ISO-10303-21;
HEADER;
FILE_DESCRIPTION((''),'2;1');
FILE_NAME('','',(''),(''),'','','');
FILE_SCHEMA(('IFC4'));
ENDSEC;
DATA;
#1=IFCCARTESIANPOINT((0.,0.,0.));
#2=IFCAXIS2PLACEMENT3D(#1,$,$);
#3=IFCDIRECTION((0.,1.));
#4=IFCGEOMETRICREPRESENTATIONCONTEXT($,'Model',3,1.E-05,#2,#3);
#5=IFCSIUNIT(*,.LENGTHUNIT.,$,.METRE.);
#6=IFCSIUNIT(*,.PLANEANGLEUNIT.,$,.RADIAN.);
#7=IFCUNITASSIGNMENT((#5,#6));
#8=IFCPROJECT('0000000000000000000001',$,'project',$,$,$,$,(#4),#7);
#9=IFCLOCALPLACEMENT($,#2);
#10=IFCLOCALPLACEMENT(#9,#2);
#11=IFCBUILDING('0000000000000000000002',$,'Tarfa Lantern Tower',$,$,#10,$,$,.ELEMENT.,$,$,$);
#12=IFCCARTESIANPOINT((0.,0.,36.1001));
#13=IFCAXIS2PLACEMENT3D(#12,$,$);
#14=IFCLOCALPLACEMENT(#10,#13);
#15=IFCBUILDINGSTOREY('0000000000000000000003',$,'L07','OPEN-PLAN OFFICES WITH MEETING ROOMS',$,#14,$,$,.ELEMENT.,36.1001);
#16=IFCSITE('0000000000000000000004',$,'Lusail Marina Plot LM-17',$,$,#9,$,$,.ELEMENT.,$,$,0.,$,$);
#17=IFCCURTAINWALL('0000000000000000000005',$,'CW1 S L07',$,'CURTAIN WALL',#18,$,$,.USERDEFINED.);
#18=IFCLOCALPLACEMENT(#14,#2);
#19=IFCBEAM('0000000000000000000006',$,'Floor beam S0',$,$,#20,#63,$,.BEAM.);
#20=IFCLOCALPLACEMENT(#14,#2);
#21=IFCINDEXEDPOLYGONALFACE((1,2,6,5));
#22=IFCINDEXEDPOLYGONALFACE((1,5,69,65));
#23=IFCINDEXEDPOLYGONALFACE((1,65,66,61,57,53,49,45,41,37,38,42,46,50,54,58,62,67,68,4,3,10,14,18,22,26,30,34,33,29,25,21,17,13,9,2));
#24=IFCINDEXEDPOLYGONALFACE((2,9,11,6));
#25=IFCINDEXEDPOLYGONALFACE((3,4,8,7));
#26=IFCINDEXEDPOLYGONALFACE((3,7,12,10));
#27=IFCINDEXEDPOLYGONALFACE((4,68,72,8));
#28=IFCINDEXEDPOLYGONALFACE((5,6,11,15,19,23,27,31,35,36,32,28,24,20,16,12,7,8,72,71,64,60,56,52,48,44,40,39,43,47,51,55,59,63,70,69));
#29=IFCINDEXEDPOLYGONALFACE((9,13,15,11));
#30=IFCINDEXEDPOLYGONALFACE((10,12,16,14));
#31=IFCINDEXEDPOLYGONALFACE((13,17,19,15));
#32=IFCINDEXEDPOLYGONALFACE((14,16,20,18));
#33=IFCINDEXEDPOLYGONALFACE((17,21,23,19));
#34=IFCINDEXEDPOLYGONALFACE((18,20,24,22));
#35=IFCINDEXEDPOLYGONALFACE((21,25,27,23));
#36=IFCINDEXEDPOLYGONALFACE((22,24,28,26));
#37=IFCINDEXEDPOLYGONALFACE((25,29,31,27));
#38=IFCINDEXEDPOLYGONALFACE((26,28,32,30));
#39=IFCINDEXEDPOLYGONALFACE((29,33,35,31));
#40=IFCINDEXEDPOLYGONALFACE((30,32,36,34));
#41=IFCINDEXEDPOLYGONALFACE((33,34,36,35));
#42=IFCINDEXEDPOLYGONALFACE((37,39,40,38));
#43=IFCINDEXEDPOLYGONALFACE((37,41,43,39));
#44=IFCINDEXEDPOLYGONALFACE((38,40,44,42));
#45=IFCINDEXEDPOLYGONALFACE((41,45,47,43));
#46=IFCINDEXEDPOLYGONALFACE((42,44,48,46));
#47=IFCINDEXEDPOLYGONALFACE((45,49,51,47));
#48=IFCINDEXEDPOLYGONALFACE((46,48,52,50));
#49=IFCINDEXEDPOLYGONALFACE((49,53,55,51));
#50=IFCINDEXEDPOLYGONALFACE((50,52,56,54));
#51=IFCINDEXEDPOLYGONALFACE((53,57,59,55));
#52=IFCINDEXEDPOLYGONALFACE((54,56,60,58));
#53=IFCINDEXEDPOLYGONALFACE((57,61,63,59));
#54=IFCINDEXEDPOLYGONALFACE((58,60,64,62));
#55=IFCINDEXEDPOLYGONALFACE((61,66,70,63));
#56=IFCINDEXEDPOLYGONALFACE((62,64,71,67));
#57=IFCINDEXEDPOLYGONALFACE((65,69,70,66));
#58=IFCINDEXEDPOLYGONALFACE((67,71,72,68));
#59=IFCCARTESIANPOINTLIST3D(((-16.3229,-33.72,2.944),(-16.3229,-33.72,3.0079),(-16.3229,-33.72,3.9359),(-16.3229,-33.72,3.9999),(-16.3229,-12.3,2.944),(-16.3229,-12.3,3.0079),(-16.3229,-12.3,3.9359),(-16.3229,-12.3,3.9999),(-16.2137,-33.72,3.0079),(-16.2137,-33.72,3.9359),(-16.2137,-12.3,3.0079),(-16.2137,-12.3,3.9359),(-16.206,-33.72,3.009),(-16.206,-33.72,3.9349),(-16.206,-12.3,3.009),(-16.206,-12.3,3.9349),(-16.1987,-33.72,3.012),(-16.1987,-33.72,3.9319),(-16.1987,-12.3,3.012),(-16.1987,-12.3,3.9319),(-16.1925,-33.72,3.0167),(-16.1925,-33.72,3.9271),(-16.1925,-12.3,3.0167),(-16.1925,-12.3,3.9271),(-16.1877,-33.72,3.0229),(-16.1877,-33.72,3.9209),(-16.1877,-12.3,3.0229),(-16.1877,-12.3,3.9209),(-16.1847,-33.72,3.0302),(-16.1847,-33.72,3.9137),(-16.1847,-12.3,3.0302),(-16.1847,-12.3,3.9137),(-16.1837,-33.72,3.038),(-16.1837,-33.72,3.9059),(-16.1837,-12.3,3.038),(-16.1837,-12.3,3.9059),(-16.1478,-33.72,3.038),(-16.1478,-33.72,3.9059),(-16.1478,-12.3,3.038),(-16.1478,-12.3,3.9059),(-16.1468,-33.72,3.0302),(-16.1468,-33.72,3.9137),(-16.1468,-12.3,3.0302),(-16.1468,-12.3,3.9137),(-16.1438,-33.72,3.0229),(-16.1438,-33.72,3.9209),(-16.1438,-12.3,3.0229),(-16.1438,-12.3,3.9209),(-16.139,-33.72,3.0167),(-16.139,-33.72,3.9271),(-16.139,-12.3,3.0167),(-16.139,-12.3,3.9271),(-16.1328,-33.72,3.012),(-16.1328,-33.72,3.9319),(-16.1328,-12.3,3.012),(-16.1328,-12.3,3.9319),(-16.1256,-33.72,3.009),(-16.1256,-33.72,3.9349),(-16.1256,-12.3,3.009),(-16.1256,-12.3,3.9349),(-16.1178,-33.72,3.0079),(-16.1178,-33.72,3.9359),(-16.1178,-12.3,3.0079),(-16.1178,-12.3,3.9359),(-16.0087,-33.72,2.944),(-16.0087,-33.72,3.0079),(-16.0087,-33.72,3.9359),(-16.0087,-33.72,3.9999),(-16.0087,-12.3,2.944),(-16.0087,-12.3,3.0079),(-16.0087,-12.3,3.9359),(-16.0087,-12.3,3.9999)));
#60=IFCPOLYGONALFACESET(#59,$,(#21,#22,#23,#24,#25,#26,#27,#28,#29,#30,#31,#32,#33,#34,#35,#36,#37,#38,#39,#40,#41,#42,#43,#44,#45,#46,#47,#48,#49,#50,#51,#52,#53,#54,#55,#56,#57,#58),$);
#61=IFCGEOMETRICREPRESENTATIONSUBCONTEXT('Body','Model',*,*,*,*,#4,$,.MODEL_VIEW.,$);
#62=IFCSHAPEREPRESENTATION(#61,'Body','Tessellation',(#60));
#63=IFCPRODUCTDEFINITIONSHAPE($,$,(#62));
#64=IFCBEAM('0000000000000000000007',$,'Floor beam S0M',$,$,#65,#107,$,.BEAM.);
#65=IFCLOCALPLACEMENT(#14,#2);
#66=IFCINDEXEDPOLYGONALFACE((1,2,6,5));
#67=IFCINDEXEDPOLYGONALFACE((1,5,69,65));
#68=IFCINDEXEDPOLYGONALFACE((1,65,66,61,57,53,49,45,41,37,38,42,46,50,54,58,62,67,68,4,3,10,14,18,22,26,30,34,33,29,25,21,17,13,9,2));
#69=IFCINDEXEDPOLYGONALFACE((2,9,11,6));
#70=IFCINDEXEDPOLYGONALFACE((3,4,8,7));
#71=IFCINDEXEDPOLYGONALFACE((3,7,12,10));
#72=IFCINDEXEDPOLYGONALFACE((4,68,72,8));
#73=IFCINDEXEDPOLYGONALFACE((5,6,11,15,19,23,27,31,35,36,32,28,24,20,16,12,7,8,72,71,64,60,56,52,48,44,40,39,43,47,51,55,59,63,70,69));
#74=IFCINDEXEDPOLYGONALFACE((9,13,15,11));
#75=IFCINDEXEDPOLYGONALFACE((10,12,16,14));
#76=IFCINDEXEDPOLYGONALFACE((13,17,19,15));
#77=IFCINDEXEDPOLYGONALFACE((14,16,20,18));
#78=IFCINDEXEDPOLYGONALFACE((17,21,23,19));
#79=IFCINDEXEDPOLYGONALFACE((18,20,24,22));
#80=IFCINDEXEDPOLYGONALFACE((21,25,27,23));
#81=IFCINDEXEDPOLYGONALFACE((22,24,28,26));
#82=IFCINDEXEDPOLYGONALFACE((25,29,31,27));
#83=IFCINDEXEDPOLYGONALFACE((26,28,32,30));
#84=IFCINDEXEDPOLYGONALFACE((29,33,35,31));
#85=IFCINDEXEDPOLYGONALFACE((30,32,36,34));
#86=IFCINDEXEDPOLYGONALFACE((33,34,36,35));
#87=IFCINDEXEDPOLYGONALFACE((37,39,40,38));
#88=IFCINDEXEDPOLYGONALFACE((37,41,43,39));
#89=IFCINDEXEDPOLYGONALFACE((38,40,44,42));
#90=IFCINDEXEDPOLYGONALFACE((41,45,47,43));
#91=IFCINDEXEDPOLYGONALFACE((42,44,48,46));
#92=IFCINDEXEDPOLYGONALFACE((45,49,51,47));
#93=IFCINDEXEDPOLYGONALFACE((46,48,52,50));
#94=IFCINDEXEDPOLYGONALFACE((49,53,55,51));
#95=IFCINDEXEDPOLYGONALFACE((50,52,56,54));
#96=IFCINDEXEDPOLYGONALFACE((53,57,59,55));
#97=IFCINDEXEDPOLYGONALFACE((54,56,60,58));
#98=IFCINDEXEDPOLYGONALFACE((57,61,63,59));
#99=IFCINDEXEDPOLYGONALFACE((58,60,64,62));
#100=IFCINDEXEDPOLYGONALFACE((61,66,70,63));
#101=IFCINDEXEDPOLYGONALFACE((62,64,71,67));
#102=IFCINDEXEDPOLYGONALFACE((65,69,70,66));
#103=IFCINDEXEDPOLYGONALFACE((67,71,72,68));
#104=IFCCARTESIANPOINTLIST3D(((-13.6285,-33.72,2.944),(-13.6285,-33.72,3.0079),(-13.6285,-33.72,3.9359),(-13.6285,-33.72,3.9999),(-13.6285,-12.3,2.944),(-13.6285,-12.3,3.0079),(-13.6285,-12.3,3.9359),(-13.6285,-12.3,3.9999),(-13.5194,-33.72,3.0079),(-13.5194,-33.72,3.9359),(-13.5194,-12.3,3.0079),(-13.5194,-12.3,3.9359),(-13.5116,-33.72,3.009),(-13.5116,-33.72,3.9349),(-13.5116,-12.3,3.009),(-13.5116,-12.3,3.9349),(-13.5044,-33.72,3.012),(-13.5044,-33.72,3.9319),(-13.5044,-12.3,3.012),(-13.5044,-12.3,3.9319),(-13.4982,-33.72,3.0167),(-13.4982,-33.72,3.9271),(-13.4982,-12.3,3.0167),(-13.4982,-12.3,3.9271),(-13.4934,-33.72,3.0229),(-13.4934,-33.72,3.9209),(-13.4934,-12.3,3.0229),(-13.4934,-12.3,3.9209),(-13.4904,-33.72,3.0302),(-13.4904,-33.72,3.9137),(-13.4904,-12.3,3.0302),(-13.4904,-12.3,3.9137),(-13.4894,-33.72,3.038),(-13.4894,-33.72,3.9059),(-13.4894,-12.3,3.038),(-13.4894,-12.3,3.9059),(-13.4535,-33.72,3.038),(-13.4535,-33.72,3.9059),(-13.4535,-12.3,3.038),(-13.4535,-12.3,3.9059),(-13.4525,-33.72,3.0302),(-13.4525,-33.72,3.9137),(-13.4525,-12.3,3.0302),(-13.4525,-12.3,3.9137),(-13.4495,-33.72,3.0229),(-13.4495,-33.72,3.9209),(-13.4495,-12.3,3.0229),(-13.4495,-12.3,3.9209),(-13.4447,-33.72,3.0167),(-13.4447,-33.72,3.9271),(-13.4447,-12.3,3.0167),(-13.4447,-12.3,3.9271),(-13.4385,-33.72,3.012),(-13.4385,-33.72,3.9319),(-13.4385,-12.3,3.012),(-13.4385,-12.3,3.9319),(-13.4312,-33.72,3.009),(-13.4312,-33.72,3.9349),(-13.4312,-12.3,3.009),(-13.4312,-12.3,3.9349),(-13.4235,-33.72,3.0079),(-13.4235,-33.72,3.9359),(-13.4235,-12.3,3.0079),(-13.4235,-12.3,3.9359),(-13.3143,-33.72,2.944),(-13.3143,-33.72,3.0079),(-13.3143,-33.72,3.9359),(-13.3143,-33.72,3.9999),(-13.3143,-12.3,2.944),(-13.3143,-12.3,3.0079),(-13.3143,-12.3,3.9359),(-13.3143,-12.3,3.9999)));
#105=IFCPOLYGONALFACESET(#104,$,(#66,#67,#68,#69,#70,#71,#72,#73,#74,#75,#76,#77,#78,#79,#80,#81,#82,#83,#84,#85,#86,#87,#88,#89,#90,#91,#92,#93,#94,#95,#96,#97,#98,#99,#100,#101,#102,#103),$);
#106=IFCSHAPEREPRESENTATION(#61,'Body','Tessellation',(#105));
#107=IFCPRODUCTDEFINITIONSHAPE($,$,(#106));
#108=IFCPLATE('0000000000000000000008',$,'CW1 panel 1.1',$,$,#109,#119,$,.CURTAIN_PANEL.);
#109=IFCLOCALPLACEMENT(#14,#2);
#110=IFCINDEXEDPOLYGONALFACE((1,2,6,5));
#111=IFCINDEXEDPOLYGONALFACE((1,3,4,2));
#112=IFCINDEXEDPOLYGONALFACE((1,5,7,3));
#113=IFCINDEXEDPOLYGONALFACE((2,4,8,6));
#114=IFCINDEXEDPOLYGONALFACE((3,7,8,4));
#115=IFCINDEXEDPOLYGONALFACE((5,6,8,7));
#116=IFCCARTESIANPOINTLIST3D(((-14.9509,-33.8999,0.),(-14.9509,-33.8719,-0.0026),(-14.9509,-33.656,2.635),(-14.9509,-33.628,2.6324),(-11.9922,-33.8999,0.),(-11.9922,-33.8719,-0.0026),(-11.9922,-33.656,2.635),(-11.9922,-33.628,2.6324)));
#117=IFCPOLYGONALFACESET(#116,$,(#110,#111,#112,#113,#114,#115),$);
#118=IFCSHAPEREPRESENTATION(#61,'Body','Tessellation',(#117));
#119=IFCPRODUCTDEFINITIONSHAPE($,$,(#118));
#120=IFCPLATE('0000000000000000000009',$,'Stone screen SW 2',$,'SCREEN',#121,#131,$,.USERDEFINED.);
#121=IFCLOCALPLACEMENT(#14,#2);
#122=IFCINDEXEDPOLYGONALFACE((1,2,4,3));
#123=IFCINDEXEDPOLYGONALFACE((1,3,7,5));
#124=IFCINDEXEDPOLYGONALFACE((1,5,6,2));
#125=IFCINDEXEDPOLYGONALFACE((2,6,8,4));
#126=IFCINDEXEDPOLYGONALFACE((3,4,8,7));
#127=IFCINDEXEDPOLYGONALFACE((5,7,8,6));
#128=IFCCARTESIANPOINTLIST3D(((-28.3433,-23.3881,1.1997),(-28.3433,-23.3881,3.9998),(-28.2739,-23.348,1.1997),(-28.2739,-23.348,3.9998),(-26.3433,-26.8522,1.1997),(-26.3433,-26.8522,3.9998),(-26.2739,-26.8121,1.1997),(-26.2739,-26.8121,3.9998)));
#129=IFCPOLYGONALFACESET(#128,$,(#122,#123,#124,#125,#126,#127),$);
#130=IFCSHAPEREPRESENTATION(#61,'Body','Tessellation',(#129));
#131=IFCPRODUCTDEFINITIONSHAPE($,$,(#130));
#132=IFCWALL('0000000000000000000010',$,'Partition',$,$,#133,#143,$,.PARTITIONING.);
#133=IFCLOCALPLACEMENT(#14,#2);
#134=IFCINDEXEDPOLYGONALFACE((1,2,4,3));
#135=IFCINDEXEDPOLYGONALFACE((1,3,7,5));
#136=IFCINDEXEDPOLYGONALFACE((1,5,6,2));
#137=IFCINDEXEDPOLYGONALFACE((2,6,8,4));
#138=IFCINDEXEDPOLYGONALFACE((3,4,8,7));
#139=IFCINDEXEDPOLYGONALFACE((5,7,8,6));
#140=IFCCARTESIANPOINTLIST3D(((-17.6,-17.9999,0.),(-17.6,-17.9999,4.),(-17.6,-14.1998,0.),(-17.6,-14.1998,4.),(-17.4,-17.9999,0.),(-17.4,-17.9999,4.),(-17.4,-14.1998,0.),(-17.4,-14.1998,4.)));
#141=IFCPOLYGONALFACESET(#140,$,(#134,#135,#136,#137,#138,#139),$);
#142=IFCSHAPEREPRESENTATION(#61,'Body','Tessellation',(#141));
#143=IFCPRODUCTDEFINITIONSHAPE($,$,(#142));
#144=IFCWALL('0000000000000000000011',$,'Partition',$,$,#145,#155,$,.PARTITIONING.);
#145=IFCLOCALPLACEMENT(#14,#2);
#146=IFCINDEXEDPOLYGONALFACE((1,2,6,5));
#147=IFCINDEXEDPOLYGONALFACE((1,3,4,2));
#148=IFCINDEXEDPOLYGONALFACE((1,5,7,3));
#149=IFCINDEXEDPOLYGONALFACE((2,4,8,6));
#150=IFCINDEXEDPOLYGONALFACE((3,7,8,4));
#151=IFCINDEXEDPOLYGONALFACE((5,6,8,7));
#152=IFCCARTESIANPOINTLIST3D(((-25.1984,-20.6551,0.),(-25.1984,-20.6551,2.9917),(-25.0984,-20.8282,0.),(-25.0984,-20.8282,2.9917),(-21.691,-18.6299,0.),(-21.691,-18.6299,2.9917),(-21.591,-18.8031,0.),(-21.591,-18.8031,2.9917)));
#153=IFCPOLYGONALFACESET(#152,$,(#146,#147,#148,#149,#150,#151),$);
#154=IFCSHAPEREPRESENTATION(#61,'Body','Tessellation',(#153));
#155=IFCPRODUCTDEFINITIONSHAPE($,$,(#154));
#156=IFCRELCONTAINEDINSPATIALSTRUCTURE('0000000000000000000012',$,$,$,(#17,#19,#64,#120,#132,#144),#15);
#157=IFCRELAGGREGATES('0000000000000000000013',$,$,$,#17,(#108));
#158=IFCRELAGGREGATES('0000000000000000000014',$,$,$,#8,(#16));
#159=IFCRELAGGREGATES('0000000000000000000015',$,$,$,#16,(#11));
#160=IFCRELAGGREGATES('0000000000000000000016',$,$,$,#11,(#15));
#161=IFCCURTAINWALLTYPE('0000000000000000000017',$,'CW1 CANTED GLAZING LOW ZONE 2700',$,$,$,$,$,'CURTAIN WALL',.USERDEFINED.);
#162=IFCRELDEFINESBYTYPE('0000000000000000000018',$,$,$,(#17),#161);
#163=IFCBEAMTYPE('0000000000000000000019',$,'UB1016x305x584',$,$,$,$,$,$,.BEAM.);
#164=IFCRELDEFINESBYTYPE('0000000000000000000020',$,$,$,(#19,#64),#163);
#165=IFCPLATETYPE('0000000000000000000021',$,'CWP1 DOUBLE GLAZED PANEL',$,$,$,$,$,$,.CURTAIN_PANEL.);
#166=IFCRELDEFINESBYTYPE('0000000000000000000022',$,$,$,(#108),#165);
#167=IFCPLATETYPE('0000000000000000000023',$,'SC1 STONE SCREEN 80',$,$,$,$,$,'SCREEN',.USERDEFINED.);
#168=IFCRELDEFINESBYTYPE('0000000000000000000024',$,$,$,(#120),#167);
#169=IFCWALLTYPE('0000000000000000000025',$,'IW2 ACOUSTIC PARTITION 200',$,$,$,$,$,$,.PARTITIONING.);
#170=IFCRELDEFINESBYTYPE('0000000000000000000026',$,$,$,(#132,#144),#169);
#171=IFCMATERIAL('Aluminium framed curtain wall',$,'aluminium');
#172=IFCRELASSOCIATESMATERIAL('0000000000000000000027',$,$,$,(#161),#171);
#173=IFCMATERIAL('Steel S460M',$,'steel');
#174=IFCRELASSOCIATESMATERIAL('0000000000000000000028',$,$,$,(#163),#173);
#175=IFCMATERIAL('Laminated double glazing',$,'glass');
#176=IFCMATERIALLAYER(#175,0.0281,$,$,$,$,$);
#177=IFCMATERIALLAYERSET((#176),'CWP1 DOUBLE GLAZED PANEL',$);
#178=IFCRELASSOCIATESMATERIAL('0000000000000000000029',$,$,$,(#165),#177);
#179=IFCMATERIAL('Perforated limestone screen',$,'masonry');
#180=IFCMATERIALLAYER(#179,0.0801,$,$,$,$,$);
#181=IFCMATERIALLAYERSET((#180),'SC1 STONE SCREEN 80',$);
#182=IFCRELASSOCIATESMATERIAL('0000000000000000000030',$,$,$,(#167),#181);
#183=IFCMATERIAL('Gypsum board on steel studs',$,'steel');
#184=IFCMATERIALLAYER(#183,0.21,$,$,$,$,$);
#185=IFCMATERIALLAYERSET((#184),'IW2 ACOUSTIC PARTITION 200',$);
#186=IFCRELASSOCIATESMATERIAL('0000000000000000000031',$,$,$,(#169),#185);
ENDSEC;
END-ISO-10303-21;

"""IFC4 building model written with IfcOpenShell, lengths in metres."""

from ifc_helpers import new_model, si_unit, direction, frame, frame_2d, origin, origin_2d, place, context, subcontext, project, spatial, polyline, rectangle, i_section, outline, extrude, material, layer, layer_set, material_profile, profile_set, type_object, element, aggregate, save


model = new_model("IFC4")

# Units and contexts
model_context = context("Model", 3, precision=1e-05, world=origin(), true_north=direction((0.0, 1.0)))
body_context = subcontext(model_context, "Body", "Model", "MODEL_VIEW")
ifc_project = project(units=[si_unit("LENGTHUNIT", "METRE"), si_unit("PLANEANGLEUNIT", "RADIAN")], contexts=[model_context])

# Site, building, storey
site_placement = place(None, origin())
site = spatial("IfcSite", under=ifc_project, at=site_placement, Name="Lusail Marina Plot LM-17", CompositionType="ELEMENT", RefElevation=0.0)
building_placement = place(site_placement, origin())
building = spatial("IfcBuilding", under=site, at=building_placement, Name="Tarfa Lantern Tower", CompositionType="ELEMENT")
storey_placement = place(building_placement, frame((0.0, 0.0, 36.1001)))
storey = spatial("IfcBuildingStorey", under=building, at=storey_placement, Name="L07", Description="OPEN-PLAN OFFICES WITH MEETING ROOMS", CompositionType="ELEMENT", Elevation=36.1001)

# Curtain wall
ifc_material_1 = material(Name="Aluminium framed curtain wall", Category="aluminium")
curtain_wall_type = type_object("IfcCurtainWallType", Name="CW1 CANTED GLAZING LOW ZONE 2700", ElementType="CURTAIN WALL", PredefinedType="USERDEFINED", material=ifc_material_1)
curtain_wall_placement = place(storey_placement, origin())
curtain_wall = element("IfcCurtainWall", 1, at=curtain_wall_placement, inside=storey, type_object=curtain_wall_type, Name="CW1 S L07", ObjectType="CURTAIN WALL", PredefinedType="USERDEFINED")

# Beams
ifc_material_2 = material(Name="Steel S460M", Category="steel")
ifc_material_profile_1 = material_profile(ifc_material_2, i_section(OverallWidth=0.3142, OverallDepth=1.0559, WebThickness=0.0359, FlangeThickness=0.064, FilletRadius=0.03, at=origin_2d()), Name="UB1016x305x584")
ifc_profile_set_1 = profile_set([ifc_material_profile_1], Name="Steel S460M")
beam_type_1 = type_object("IfcBeamType", Name="UB1016x305x584", PredefinedType="BEAM", material=ifc_profile_set_1)
for number, where, z_axis, x_axis, name in (
    (2, (-16.1658, -33.72, 3.4719), (0.0, 1.0, 0.0), (-1.0, 0.0, 0.0), "Floor beam S0"),
    (3, (-13.4714, -33.72, 3.4719), (0.0, 1.0, 0.0), (-1.0, 0.0, 0.0), "Floor beam S0M"),
):
    element("IfcBeam", number, at=place(storey_placement, frame(where, z_axis=z_axis, x_axis=x_axis)), inside=storey, type_object=beam_type_1, Name=name, PredefinedType="BEAM", context=body_context, shape_type="SweptSolid", body=[
        extrude(i_section(OverallWidth=0.3142, OverallDepth=1.0559, WebThickness=0.0359, FlangeThickness=0.064, FilletRadius=0.03, at=origin_2d()), origin(), (0.0, 0.0, 1.0), 21.4199),
    ])

# Plates
ifc_material_3 = material(Name="Laminated double glazing", Category="glass")
ifc_layer_1 = layer(ifc_material_3, 0.0281)
ifc_layer_set_1 = layer_set([ifc_layer_1], Name="CWP1 DOUBLE GLAZED PANEL")
plate_type_1 = type_object("IfcPlateType", Name="CWP1 DOUBLE GLAZED PANEL", PredefinedType="CURTAIN_PANEL", material=ifc_layer_set_1)
plate_1_placement = place(storey_placement, frame((-14.9509, -33.8999, 0.0), z_axis=(0.0, -0.995744, 0.092166), x_axis=(1.0, 0.0, 0.0)))
plate_1 = element("IfcPlate", 4, at=plate_1_placement, type_object=plate_type_1, Name="CW1 panel 1.1", PredefinedType="CURTAIN_PANEL", context=body_context, shape_type="SweptSolid", body=[
    extrude(outline(polyline([(0.0, 0.0), (2.9587, 0.0), (2.9587, 2.6463), (0.0, 2.6463), (0.0, 0.0)])), origin(), (0.0, 0.0, -1.0), 0.0281),
])
aggregate(curtain_wall, [plate_1])
ifc_material_4 = material(Name="Perforated limestone screen", Category="masonry")
ifc_layer_2 = layer(ifc_material_4, 0.0801)
ifc_layer_set_2 = layer_set([ifc_layer_2], Name="SC1 STONE SCREEN 80")
plate_type_2 = type_object("IfcPlateType", Name="SC1 STONE SCREEN 80", ElementType="SCREEN", PredefinedType="USERDEFINED", material=ifc_layer_set_2)
plate_2_placement = place(storey_placement, frame((-27.3086, -25.1001, 1.1997), z_axis=(0.0, 0.0, 1.0), x_axis=(0.5, -0.866025, 0.0)))
element("IfcPlate", 5, at=plate_2_placement, inside=storey, type_object=plate_type_2, Name="Stone screen SW 2", ObjectType="SCREEN", PredefinedType="USERDEFINED", context=body_context, shape_type="SweptSolid", body=[
    extrude(rectangle(XDim=4.0, YDim=0.0801, at=origin_2d()), origin(), (0.0, 0.0, 1.0), 2.8),
])

# Walls
ifc_material_5 = material(Name="Gypsum board on steel studs", Category="steel")
ifc_layer_3 = layer(ifc_material_5, 0.21)
ifc_layer_set_3 = layer_set([ifc_layer_3], Name="IW2 ACOUSTIC PARTITION 200")
wall_type = type_object("IfcWallType", Name="IW2 ACOUSTIC PARTITION 200", PredefinedType="PARTITIONING", material=ifc_layer_set_3)
wall_1_placement = place(storey_placement, frame((-17.5, -14.2, 0.0), z_axis=(0.0, 0.0, 1.0), x_axis=(0.0, -1.0, 0.0)))
element("IfcWall", 6, at=wall_1_placement, inside=storey, type_object=wall_type, Name="Partition", PredefinedType="PARTITIONING", context=body_context, shape_type="SweptSolid", body=[
    extrude(rectangle(XDim=3.8, YDim=0.2, at=frame_2d((1.8999, 0.0))), origin(), (0.0, 0.0, 1.0), 4.0),
])
wall_2_placement = place(storey_placement, frame((-21.6411, -18.7166, 0.0), z_axis=(0.0, 0.0, 1.0), x_axis=(-0.866005, -0.500036, 0.0)))
element("IfcWall", 7, at=wall_2_placement, inside=storey, type_object=wall_type, Name="Partition", PredefinedType="PARTITIONING", context=body_context, shape_type="SweptSolid", body=[
    extrude(rectangle(XDim=4.05, YDim=0.2, at=frame_2d((2.0249, 0.0))), origin(), (0.0, 0.0, 1.0), 2.9917),
])

save(model, "model.ifc")
